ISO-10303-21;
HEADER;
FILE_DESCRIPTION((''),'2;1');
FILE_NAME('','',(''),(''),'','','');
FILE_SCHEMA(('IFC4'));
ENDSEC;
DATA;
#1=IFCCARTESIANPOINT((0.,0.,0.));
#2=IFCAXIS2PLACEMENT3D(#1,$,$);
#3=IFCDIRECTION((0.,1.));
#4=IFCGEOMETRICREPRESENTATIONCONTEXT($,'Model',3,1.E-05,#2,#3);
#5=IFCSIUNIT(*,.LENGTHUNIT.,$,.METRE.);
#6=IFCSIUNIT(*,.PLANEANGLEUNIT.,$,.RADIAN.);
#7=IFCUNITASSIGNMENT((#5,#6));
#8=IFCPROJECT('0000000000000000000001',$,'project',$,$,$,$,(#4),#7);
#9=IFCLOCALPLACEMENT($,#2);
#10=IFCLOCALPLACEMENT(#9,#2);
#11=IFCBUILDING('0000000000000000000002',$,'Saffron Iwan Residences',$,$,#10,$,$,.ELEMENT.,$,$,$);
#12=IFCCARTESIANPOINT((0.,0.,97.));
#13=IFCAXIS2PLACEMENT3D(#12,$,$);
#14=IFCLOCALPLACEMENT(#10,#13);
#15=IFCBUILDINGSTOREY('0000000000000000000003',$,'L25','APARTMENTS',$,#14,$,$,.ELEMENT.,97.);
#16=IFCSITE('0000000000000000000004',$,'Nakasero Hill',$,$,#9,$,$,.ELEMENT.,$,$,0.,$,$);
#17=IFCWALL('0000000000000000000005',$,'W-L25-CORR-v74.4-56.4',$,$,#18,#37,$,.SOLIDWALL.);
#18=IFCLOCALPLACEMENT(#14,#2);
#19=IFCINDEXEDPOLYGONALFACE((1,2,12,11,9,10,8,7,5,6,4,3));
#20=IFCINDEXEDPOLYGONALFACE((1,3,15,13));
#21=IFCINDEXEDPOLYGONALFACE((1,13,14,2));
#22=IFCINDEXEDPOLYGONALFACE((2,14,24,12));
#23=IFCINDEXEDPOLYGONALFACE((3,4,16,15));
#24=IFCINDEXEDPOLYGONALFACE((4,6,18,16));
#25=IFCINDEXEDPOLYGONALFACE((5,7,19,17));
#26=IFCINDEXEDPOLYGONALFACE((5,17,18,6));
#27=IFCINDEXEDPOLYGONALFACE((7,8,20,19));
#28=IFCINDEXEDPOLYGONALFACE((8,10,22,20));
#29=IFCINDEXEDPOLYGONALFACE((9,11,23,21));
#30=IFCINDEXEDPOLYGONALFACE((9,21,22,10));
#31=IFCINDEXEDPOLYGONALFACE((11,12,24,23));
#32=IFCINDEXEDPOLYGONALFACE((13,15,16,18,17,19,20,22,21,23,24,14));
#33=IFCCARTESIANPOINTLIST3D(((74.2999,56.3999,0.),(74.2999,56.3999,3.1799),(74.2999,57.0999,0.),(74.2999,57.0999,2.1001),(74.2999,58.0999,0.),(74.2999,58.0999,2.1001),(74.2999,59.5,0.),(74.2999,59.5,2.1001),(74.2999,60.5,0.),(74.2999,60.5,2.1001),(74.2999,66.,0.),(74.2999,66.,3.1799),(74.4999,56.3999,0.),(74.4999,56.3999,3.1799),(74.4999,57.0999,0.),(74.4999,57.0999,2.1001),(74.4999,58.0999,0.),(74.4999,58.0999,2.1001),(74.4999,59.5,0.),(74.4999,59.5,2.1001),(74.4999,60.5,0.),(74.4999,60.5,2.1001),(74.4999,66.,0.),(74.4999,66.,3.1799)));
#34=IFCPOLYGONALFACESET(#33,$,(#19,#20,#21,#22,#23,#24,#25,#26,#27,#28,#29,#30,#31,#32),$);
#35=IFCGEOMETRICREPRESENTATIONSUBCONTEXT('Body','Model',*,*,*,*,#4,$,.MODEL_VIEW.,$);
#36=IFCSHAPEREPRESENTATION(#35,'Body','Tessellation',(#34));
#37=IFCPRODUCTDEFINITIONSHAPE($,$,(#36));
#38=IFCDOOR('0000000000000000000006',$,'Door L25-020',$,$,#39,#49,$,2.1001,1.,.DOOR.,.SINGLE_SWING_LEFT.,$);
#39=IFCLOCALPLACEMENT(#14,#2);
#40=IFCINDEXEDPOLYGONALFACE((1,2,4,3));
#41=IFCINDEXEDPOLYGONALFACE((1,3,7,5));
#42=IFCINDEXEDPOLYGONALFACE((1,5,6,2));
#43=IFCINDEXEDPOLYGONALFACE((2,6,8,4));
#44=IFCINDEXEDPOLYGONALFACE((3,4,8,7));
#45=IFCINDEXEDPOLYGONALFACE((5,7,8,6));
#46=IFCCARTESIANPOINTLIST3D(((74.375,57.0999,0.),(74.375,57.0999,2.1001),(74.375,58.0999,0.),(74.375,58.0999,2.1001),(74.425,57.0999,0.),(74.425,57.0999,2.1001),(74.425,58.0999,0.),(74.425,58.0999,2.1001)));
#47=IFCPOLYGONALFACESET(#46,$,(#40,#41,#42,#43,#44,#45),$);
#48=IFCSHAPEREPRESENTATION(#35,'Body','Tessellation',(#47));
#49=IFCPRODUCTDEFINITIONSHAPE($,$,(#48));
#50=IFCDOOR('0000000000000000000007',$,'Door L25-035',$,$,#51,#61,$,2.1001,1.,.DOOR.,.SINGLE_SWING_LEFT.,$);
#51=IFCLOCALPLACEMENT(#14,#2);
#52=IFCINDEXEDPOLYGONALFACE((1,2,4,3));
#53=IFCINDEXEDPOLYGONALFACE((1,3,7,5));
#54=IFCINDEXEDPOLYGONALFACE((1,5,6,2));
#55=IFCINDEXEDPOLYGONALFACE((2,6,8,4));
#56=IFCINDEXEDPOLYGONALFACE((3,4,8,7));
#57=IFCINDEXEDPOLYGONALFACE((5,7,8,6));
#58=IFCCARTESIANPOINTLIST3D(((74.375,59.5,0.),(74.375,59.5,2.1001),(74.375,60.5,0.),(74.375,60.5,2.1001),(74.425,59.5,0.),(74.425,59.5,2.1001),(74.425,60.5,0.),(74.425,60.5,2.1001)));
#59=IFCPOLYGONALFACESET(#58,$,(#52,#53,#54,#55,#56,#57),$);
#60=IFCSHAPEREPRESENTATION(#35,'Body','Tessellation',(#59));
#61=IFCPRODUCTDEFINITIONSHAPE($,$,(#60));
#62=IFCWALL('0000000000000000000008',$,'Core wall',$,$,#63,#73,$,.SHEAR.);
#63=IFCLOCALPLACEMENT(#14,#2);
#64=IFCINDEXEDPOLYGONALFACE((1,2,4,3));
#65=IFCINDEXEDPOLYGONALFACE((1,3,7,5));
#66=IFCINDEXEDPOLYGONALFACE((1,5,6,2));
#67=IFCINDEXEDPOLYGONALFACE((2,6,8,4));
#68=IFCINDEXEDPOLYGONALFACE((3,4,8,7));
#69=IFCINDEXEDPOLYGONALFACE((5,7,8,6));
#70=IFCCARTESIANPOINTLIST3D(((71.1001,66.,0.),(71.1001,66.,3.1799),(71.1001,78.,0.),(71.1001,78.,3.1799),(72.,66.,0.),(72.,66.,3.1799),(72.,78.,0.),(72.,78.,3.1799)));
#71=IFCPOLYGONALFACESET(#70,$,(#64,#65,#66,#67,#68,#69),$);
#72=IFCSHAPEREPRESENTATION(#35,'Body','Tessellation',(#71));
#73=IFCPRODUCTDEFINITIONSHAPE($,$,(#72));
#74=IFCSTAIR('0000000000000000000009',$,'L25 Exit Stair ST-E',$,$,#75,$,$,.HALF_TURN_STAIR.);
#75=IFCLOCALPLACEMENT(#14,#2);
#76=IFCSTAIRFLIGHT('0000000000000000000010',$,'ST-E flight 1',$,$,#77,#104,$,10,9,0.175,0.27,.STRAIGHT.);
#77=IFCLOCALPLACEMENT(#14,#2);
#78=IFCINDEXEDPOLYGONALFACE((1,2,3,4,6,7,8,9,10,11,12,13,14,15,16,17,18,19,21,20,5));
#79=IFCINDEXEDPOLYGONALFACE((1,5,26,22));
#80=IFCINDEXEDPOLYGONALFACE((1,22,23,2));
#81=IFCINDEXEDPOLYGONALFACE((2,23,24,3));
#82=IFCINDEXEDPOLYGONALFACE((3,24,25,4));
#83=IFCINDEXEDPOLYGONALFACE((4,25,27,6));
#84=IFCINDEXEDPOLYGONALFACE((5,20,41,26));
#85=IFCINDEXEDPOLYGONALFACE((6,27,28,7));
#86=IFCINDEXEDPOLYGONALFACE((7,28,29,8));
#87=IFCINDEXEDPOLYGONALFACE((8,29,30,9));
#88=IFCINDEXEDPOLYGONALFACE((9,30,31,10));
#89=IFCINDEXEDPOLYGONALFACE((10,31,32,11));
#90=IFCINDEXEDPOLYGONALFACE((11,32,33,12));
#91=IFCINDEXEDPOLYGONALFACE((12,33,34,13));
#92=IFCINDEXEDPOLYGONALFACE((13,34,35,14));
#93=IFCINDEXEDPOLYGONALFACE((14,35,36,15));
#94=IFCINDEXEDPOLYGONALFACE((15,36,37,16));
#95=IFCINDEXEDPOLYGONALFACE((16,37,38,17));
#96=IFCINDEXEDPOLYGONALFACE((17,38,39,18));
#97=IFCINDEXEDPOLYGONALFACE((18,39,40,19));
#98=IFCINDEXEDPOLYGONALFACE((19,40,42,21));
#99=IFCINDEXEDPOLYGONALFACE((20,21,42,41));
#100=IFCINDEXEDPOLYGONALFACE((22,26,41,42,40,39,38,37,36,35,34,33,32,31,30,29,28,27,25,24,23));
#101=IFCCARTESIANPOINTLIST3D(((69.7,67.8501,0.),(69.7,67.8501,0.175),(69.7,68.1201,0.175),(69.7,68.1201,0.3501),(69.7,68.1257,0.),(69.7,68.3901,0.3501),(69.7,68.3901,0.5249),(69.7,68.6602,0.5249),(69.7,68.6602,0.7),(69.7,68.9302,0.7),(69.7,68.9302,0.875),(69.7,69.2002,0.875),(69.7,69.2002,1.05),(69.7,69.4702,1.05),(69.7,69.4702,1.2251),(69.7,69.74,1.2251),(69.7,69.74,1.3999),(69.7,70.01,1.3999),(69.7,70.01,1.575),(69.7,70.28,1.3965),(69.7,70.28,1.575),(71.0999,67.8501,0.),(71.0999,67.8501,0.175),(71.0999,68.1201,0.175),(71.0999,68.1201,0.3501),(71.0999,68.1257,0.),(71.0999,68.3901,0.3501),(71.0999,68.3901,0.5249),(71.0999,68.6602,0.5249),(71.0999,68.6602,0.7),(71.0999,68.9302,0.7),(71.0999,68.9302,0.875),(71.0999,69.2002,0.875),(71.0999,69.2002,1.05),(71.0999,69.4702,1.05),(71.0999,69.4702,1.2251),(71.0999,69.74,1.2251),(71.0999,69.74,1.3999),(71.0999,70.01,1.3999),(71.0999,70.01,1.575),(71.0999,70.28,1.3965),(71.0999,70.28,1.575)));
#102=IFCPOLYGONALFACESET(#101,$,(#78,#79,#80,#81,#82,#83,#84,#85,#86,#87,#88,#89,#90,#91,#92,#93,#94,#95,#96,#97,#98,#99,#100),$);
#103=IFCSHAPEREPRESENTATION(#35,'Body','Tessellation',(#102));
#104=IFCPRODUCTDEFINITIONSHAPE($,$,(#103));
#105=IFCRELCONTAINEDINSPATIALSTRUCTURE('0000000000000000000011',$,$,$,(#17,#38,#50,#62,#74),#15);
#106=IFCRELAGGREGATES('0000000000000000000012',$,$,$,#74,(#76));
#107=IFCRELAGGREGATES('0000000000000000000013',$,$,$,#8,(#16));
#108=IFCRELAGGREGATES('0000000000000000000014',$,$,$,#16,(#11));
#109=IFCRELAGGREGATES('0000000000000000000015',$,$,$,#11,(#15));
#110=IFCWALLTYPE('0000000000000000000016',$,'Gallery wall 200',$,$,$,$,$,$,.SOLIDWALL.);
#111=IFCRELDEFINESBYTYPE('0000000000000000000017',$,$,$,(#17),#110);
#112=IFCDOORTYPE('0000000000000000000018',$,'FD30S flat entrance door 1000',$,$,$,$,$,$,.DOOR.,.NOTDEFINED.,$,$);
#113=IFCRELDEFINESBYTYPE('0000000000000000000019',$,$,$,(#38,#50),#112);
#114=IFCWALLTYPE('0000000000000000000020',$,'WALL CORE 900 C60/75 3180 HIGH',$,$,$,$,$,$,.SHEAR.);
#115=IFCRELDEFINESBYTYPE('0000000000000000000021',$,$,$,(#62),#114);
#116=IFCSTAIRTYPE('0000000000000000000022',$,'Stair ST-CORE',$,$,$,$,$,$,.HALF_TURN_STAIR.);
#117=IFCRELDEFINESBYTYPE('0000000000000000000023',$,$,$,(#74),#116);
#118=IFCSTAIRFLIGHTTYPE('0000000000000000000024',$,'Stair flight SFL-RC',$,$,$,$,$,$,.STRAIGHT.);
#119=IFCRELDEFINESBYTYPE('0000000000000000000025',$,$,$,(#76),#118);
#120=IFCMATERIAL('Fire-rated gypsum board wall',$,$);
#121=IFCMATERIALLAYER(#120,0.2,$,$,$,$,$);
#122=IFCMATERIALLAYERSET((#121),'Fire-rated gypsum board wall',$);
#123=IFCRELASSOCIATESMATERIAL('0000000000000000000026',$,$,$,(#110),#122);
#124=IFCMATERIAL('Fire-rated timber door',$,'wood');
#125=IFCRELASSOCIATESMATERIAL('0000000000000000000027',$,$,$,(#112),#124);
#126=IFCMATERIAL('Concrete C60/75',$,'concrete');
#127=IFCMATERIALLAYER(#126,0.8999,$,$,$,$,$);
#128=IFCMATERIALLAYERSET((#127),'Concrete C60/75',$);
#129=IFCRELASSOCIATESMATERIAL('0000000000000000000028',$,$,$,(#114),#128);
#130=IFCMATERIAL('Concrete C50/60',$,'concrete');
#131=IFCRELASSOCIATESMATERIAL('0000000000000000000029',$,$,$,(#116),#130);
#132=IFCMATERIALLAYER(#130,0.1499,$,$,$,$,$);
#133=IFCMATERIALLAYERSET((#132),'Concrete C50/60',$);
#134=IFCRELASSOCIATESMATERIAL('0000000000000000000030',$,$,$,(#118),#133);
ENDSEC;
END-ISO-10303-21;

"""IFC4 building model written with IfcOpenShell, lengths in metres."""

from ifc_helpers import new_model, si_unit, direction, frame, frame_2d, origin, place, context, subcontext, project, spatial, polyline, rectangle, outline, extrude, material, layer, layer_set, type_object, element, fill, aggregate, save


model = new_model("IFC4")

# Units and contexts
model_context = context("Model", 3, precision=1e-05, world=origin(), true_north=direction((0.0, 1.0)))
body_context = subcontext(model_context, "Body", "Model", "MODEL_VIEW")
ifc_project = project(units=[si_unit("LENGTHUNIT", "METRE"), si_unit("PLANEANGLEUNIT", "RADIAN")], contexts=[model_context])

# Site, building, storey
site_placement = place(None, origin())
site = spatial("IfcSite", under=ifc_project, at=site_placement, Name="Nakasero Hill", CompositionType="ELEMENT", RefElevation=0.0)
building_placement = place(site_placement, origin())
building = spatial("IfcBuilding", under=site, at=building_placement, Name="Saffron Iwan Residences", CompositionType="ELEMENT")
storey_placement = place(building_placement, frame((0.0, 0.0, 97.0)))
storey = spatial("IfcBuildingStorey", under=building, at=storey_placement, Name="L25", Description="APARTMENTS", CompositionType="ELEMENT", Elevation=97.0)

# Shared definitions
ifc_material_1 = material(Name="Concrete C60/75", Category="concrete")

# Shared definitions
ifc_material_2 = material(Name="Fire-rated gypsum board wall")

# Shared definitions
ifc_layer_1 = layer(ifc_material_2, 0.2)
ifc_layer_set_1 = layer_set([ifc_layer_1], Name="Fire-rated gypsum board wall")
wall_type_1 = type_object("IfcWallType", Name="Gallery wall 200", PredefinedType="SOLIDWALL", material=ifc_layer_set_1)

# Wall, openings, doors
wall_1_placement = place(storey_placement, frame((74.3999, 56.3999, 0.0), z_axis=(0.0, 0.0, 1.0), x_axis=(0.0, 1.0, 0.0)))
wall_1 = element("IfcWall", 1, at=wall_1_placement, inside=storey, type_object=wall_type_1, Name="W-L25-CORR-v74.4-56.4", PredefinedType="SOLIDWALL", context=body_context, shape_type="SweptSolid", body=[
    extrude(rectangle(XDim=9.6001, YDim=0.2, at=frame_2d((4.8, 0.0))), origin(), (0.0, 0.0, 1.0), 3.1799),
])
opening_1_placement = place(wall_1_placement, frame((0.7, 0.0, 0.0)))
opening_1 = element("IfcOpeningElement", 2, at=opening_1_placement, cuts=wall_1, PredefinedType="OPENING", context=body_context, shape_type="SweptSolid", body=[
    extrude(rectangle(XDim=1.0, YDim=2.1001, at=frame_2d((0.5, 1.05))), frame((0.0, 0.1099, 0.0), z_axis=(0.0, -1.0, 0.0), x_axis=(1.0, 0.0, 0.0)), (0.0, 0.0, 1.0), 0.22),
])
opening_2_placement = place(wall_1_placement, frame((3.1001, 0.0, 0.0)))
opening_2 = element("IfcOpeningElement", 3, at=opening_2_placement, cuts=wall_1, PredefinedType="OPENING", context=body_context, shape_type="SweptSolid", body=[
    extrude(rectangle(XDim=1.0, YDim=2.1001, at=frame_2d((0.5, 1.05))), frame((0.0, 0.1099, 0.0), z_axis=(0.0, -1.0, 0.0), x_axis=(1.0, 0.0, 0.0)), (0.0, 0.0, 1.0), 0.22),
])
ifc_material_3 = material(Name="Fire-rated timber door", Category="wood")
door_type_1 = type_object("IfcDoorType", Name="FD30S flat entrance door 1000", OperationType="NOTDEFINED", PredefinedType="DOOR", material=ifc_material_3)
door_1_placement = place(opening_1_placement, origin())
door_1 = element("IfcDoor", 4, at=door_1_placement, inside=storey, type_object=door_type_1, Name="Door L25-020", OperationType="SINGLE_SWING_LEFT", OverallHeight=2.1001, OverallWidth=1.0, PredefinedType="DOOR", context=body_context, shape_type="SweptSolid", body=[
    extrude(rectangle(XDim=1.0, YDim=2.1001, at=frame_2d((0.5, 1.05))), frame((0.0, 0.0249, 0.0), z_axis=(0.0, -1.0, 0.0), x_axis=(1.0, 0.0, 0.0)), (0.0, 0.0, 1.0), 0.05),
])
fill(opening_1, door_1)
door_2_placement = place(opening_2_placement, origin())
door_2 = element("IfcDoor", 5, at=door_2_placement, inside=storey, type_object=door_type_1, Name="Door L25-035", OperationType="SINGLE_SWING_LEFT", OverallHeight=2.1001, OverallWidth=1.0, PredefinedType="DOOR", context=body_context, shape_type="SweptSolid", body=[
    extrude(rectangle(XDim=1.0, YDim=2.1001, at=frame_2d((0.5, 1.05))), frame((0.0, 0.0249, 0.0), z_axis=(0.0, -1.0, 0.0), x_axis=(1.0, 0.0, 0.0)), (0.0, 0.0, 1.0), 0.05),
])
fill(opening_2, door_2)

# Wall
ifc_layer_2 = layer(ifc_material_1, 0.8999)
ifc_layer_set_2 = layer_set([ifc_layer_2], Name="Concrete C60/75")
wall_type_2 = type_object("IfcWallType", Name="WALL CORE 900 C60/75 3180 HIGH", PredefinedType="SHEAR", material=ifc_layer_set_2)
wall_2_placement = place(storey_placement, frame((71.55, 66.0, 0.0), z_axis=(0.0, 0.0, 1.0), x_axis=(0.0, 1.0, 0.0)))
element("IfcWall", 6, at=wall_2_placement, inside=storey, type_object=wall_type_2, Name="Core wall", PredefinedType="SHEAR", context=body_context, shape_type="SweptSolid", body=[
    extrude(rectangle(XDim=12.0, YDim=0.8999, at=frame_2d((6.0, 0.0))), origin(), (0.0, 0.0, 1.0), 3.1799),
])

# Stair, stair flight
ifc_material_4 = material(Name="Concrete C50/60", Category="concrete")
stair_type = type_object("IfcStairType", Name="Stair ST-CORE", PredefinedType="HALF_TURN_STAIR", material=ifc_material_4)
stair_placement = place(storey_placement, origin())
stair = element("IfcStair", 7, at=stair_placement, inside=storey, type_object=stair_type, Name="L25 Exit Stair ST-E", PredefinedType="HALF_TURN_STAIR")
ifc_layer_3 = layer(ifc_material_4, 0.1499)
ifc_layer_set_3 = layer_set([ifc_layer_3], Name="Concrete C50/60")
stair_flight_type = type_object("IfcStairFlightType", Name="Stair flight SFL-RC", PredefinedType="STRAIGHT", material=ifc_layer_set_3)
stair_flight_placement = place(storey_placement, frame((70.3999, 67.8501, 0.0), z_axis=(0.0, 0.0, 1.0), x_axis=(0.0, 1.0, 0.0)))
stair_flight = element("IfcStairFlight", 8, at=stair_flight_placement, type_object=stair_flight_type, Name="ST-E flight 1", NumberOfRisers=10, NumberOfTreads=9, PredefinedType="STRAIGHT", RiserHeight=0.175, TreadLength=0.27, context=body_context, shape_type="SweptSolid", body=[
    extrude(outline(polyline([(0.0, 0.0), (0.0, 0.175), (0.27, 0.175), (0.27, 0.3501), (0.54, 0.3501), (0.54, 0.5249), (0.8101, 0.5249), (0.8101, 0.7), (1.0801, 0.7), (1.0801, 0.875), (1.3501, 0.875), (1.3501, 1.05), (1.6201, 1.05), (1.6201, 1.2251), (1.8899, 1.2251), (1.8899, 1.3999), (2.1599, 1.3999), (2.1599, 1.575), (2.4299, 1.575), (2.4299, 1.75), (2.4299, 1.3965), (0.2756, 0.0), (0.0, 0.0)])), frame((0.0, 0.7, 0.0), z_axis=(0.0, -1.0, 0.0), x_axis=(1.0, 0.0, 0.0)), (0.0, 0.0, 1.0), 1.3999),
])
aggregate(stair, [stair_flight])

save(model, "model.ifc")
